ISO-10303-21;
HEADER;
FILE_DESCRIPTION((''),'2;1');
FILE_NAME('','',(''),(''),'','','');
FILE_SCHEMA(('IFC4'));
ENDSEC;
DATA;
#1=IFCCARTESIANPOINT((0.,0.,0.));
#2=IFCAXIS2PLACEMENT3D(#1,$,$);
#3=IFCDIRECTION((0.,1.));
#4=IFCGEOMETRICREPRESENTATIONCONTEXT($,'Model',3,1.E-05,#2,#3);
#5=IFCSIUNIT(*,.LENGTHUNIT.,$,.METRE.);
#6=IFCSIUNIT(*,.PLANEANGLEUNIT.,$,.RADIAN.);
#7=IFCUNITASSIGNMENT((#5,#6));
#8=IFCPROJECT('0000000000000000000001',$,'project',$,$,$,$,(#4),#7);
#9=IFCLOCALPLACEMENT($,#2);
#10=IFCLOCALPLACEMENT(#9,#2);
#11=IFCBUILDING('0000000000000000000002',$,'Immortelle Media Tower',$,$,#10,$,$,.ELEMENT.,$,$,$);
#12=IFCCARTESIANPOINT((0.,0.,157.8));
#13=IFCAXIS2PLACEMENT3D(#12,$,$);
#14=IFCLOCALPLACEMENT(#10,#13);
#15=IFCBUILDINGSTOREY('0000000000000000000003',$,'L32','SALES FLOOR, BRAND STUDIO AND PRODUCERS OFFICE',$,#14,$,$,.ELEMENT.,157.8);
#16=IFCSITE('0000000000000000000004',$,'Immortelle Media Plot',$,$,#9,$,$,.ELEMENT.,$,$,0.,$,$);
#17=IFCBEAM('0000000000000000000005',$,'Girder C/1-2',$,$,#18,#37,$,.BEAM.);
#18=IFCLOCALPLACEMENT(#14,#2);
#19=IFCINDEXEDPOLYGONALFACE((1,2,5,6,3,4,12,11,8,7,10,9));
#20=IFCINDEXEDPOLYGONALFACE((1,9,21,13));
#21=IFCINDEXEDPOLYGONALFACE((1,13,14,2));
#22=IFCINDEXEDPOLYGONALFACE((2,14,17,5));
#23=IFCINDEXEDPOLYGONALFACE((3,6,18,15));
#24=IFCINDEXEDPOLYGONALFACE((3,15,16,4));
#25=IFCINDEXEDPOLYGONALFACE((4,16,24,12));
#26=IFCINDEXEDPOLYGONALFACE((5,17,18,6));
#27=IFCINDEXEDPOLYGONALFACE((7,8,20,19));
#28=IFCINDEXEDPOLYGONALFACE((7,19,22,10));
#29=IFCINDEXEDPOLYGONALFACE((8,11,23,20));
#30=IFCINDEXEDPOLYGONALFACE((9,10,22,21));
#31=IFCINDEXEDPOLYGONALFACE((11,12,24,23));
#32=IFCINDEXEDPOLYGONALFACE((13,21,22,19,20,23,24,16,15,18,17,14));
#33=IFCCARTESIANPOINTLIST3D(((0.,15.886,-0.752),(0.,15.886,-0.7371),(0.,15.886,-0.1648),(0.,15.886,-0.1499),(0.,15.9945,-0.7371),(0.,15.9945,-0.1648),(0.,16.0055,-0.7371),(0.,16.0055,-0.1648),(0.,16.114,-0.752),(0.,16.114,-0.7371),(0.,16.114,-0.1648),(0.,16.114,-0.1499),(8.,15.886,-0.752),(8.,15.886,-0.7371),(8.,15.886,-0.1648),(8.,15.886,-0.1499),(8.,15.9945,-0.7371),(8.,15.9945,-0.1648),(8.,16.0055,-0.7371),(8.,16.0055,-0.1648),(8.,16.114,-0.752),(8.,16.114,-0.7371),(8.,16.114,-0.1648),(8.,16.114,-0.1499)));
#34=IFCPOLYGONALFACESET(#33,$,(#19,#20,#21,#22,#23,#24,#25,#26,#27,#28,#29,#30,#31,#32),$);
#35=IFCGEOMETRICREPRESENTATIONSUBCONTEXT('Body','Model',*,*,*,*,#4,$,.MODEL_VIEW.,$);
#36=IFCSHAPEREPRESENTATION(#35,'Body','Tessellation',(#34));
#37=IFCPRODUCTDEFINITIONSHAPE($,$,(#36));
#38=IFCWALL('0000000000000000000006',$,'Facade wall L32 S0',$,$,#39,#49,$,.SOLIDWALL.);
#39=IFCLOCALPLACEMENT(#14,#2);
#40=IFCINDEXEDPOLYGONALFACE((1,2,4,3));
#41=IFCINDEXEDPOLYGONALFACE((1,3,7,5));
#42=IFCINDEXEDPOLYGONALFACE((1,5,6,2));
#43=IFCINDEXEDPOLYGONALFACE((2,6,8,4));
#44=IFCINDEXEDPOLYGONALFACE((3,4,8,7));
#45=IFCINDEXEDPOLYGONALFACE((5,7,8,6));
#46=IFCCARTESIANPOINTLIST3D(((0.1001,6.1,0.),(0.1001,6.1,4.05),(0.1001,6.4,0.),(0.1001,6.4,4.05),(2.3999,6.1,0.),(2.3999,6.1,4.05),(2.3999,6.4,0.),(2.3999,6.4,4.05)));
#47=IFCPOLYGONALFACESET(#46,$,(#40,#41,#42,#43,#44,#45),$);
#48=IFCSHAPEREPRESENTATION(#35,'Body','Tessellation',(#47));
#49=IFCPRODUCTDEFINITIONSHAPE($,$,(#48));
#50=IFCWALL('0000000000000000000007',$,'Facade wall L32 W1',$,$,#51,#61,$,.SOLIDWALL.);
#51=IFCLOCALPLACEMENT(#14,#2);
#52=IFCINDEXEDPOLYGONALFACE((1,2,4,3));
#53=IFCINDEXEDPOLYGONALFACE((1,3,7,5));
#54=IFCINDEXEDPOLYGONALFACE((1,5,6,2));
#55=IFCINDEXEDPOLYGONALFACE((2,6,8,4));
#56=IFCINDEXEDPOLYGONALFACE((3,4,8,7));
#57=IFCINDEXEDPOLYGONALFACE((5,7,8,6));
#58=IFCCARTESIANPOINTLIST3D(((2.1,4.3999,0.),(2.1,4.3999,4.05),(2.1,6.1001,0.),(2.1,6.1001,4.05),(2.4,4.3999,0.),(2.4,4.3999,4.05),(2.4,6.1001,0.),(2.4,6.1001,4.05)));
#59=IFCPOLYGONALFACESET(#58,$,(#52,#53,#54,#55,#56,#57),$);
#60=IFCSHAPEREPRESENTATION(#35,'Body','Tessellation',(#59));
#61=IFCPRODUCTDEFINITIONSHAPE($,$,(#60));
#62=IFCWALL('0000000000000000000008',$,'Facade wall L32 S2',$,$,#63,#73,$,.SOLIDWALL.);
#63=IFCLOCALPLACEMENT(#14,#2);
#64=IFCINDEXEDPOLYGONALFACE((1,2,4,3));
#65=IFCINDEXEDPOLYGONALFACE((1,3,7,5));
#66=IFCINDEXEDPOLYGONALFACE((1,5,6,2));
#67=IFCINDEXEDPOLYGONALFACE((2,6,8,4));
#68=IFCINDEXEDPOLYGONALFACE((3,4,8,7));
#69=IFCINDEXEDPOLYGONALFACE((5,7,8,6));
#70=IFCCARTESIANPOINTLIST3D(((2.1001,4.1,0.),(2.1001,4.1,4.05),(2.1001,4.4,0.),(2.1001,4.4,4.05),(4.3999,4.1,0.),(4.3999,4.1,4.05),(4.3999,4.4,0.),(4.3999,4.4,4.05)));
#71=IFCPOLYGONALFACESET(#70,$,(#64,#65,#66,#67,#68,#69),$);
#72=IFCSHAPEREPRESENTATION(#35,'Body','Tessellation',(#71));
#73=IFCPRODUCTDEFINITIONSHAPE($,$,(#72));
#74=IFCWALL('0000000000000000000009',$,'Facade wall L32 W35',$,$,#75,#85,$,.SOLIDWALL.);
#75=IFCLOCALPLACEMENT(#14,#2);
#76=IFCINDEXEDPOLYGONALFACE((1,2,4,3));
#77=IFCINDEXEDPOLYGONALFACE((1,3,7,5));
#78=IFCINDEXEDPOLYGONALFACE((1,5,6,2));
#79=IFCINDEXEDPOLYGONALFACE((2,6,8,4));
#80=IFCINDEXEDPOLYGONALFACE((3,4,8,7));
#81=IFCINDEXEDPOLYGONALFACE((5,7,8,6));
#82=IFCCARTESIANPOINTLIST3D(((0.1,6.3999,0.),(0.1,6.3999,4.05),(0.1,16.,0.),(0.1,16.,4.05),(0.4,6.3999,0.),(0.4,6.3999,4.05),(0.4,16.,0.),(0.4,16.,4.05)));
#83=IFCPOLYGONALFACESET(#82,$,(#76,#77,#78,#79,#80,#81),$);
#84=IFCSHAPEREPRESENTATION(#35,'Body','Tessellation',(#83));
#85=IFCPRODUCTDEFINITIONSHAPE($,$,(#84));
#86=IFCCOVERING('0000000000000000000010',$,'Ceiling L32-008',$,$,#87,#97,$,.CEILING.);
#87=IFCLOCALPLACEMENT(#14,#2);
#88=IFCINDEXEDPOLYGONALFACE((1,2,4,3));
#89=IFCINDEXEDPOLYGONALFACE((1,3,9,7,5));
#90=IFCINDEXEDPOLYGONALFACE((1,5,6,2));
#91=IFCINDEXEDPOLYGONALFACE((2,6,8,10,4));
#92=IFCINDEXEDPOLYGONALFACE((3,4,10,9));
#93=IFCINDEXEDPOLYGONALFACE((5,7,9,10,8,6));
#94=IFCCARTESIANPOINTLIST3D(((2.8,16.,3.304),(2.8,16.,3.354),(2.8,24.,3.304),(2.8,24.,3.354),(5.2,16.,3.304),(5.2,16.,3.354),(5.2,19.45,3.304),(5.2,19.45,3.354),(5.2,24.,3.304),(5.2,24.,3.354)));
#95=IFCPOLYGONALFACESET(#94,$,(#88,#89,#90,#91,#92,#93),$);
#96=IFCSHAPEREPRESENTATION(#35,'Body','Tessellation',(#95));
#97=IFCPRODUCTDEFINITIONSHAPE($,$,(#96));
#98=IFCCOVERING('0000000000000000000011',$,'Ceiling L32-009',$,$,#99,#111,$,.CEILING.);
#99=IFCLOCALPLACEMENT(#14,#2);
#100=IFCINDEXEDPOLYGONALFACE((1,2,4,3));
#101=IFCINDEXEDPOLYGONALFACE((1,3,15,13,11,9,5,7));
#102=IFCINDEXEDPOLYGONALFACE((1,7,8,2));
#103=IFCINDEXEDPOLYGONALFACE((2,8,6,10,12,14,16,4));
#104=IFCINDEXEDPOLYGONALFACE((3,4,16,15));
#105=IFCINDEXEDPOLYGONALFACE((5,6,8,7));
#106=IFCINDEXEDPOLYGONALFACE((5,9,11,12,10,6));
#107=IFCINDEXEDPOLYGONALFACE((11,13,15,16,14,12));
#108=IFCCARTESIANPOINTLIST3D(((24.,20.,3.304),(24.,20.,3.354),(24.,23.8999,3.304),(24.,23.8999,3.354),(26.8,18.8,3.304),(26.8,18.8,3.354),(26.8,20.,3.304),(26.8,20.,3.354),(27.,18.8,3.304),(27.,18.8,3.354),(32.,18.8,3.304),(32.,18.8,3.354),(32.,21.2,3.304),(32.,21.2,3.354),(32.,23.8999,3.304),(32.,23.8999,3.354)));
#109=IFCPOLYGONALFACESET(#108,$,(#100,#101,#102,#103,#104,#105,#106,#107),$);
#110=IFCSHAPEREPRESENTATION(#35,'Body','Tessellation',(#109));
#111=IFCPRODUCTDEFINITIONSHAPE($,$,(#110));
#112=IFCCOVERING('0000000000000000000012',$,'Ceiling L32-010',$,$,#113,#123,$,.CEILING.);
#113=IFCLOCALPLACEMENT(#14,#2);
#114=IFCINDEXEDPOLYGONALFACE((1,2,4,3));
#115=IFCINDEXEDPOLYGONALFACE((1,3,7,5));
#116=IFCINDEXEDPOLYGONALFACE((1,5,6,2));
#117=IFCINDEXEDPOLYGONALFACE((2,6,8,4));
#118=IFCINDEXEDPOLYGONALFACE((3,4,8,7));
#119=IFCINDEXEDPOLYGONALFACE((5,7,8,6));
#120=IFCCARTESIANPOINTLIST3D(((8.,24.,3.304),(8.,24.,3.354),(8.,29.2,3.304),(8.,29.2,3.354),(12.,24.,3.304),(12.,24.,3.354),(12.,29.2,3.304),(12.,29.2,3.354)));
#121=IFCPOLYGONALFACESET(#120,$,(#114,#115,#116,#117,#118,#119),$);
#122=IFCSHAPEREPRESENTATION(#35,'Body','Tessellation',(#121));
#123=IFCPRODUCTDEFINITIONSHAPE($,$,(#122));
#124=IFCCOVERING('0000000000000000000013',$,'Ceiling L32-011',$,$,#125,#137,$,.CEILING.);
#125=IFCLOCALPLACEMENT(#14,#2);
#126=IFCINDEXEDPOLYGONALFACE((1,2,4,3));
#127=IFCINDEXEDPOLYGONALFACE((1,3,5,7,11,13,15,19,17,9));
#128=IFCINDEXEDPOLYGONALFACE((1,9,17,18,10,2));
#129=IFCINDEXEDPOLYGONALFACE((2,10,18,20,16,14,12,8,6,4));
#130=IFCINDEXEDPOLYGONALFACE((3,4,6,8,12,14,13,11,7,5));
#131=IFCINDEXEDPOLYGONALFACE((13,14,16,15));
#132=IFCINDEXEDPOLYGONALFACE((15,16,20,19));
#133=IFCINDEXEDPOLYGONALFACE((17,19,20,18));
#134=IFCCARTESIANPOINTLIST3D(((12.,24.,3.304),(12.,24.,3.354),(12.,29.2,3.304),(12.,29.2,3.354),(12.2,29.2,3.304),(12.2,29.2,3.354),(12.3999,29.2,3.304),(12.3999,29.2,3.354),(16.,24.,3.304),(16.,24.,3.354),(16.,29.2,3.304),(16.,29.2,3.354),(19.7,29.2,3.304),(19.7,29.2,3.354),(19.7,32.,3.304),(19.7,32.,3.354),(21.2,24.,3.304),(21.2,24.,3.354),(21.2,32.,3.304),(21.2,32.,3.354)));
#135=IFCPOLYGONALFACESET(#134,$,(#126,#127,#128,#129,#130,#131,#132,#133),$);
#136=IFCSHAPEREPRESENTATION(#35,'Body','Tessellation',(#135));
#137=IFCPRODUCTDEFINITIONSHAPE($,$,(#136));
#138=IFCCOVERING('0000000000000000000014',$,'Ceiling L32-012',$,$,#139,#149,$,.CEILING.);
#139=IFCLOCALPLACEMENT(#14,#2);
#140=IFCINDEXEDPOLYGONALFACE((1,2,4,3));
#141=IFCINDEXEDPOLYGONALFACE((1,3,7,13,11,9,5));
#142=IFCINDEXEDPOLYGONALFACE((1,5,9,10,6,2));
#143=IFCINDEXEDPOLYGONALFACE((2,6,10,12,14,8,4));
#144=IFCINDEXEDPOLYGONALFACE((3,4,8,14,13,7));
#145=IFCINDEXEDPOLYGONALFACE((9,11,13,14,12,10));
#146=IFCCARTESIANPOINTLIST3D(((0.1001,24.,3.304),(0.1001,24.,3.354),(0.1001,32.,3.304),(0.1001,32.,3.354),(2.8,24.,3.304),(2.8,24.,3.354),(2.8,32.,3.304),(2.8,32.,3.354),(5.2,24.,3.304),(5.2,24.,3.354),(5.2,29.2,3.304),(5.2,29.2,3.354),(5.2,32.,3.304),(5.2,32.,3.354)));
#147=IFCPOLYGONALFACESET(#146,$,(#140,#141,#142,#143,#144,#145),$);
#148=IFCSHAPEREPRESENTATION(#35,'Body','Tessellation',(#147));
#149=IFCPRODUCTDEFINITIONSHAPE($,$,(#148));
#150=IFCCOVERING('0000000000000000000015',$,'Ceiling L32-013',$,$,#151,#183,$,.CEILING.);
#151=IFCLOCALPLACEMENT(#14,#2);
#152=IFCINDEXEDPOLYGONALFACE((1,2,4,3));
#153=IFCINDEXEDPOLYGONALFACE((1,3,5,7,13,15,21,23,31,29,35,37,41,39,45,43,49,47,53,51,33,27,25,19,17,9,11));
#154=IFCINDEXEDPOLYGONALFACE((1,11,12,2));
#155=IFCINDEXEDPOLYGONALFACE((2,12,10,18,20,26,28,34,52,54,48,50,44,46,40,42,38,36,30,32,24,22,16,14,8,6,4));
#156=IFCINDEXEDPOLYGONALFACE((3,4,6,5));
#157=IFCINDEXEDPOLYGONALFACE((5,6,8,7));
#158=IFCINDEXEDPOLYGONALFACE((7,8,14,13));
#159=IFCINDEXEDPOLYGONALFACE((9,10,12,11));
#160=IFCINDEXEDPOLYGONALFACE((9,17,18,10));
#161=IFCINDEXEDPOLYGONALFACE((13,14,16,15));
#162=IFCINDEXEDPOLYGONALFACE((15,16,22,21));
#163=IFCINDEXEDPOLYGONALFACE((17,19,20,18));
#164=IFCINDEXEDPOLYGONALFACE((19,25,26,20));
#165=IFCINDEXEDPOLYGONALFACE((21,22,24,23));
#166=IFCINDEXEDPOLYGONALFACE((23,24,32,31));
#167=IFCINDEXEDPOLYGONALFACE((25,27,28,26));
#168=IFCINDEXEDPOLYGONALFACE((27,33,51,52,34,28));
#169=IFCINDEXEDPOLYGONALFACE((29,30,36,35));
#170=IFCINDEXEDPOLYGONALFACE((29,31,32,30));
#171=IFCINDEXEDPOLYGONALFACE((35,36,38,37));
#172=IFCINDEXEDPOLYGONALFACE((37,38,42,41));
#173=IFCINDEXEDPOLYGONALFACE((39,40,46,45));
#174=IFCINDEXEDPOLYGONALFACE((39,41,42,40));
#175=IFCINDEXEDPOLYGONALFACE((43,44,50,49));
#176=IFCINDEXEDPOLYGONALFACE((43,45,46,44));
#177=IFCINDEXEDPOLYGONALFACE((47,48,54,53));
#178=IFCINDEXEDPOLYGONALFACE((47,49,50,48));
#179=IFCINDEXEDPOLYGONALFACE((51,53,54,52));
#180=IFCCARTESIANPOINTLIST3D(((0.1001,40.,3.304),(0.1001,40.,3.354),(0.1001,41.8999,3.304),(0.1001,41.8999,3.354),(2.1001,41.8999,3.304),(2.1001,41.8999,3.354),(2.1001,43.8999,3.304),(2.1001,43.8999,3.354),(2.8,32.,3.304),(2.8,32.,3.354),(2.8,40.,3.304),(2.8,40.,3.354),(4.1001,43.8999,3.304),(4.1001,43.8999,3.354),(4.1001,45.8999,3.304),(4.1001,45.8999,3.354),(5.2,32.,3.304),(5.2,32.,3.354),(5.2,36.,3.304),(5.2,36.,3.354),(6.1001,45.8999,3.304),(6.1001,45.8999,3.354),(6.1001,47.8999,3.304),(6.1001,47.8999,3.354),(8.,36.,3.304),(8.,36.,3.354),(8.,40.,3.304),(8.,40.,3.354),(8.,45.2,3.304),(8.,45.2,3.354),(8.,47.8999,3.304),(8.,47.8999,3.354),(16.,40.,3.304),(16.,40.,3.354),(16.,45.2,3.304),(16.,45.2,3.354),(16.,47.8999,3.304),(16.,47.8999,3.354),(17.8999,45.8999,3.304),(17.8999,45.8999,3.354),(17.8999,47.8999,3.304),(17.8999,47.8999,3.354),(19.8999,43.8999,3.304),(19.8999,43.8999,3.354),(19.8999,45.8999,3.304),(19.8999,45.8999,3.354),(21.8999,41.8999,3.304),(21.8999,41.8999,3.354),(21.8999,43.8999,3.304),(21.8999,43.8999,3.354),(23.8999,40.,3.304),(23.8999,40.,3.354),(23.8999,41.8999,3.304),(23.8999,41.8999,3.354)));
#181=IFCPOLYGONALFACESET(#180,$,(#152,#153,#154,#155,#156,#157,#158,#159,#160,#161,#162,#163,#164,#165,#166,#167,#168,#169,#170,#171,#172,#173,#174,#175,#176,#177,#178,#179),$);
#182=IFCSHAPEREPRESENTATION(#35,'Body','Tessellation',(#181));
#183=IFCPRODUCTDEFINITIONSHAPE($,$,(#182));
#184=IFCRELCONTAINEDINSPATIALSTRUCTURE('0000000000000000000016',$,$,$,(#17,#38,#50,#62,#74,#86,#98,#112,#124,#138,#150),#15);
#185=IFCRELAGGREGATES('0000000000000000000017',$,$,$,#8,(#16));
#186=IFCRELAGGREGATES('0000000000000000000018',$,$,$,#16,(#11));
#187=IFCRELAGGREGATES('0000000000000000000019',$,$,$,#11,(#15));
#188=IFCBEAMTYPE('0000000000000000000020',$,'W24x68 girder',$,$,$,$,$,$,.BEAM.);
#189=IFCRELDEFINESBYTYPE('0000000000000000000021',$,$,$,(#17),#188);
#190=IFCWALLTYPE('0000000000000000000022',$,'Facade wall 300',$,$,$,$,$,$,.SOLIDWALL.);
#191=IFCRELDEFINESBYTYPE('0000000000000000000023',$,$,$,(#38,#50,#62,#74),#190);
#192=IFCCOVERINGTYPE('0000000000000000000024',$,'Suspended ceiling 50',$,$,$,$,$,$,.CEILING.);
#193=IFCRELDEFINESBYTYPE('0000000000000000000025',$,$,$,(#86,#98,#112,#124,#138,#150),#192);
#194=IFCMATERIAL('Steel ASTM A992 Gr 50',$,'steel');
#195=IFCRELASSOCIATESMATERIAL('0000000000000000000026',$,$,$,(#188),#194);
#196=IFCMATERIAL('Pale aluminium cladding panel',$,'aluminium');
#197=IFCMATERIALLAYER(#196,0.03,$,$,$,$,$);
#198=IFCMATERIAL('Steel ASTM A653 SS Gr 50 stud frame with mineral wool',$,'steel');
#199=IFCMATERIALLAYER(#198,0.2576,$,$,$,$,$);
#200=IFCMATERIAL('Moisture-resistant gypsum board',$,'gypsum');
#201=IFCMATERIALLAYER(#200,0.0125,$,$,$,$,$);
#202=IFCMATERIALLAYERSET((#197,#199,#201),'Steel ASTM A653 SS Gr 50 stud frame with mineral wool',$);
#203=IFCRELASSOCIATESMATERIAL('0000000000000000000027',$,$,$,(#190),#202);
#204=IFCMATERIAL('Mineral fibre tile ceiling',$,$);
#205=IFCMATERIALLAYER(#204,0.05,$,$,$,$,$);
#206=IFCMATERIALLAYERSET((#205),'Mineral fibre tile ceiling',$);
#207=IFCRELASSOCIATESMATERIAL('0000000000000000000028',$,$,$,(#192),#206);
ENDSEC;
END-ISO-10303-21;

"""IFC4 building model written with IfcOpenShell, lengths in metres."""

from ifc_helpers import new_model, si_unit, direction, frame, frame_2d, origin, origin_2d, place, context, subcontext, project, spatial, polyline, rectangle, i_section, outline, extrude, material, layer, layer_set, material_profile, profile_set, type_object, element, save


model = new_model("IFC4")

# Units and contexts
model_context = context("Model", 3, precision=1e-05, world=origin(), true_north=direction((0.0, 1.0)))
body_context = subcontext(model_context, "Body", "Model", "MODEL_VIEW")
ifc_project = project(units=[si_unit("LENGTHUNIT", "METRE"), si_unit("PLANEANGLEUNIT", "RADIAN")], contexts=[model_context])

# Site, building, storey
site_placement = place(None, origin())
site = spatial("IfcSite", under=ifc_project, at=site_placement, Name="Immortelle Media Plot", CompositionType="ELEMENT", RefElevation=0.0)
building_placement = place(site_placement, origin())
building = spatial("IfcBuilding", under=site, at=building_placement, Name="Immortelle Media Tower", CompositionType="ELEMENT")
storey_placement = place(building_placement, frame((0.0, 0.0, 157.8)))
storey = spatial("IfcBuildingStorey", under=building, at=storey_placement, Name="L32", Description="SALES FLOOR, BRAND STUDIO AND PRODUCERS OFFICE", CompositionType="ELEMENT", Elevation=157.8)

# Shared definitions
ifc_material_1 = material(Name="Steel ASTM A992 Gr 50", Category="steel")

# Beam
ifc_material_profile_1 = material_profile(ifc_material_1, i_section(OverallWidth=0.228, OverallDepth=0.6021, WebThickness=0.011, FlangeThickness=0.0149, at=origin_2d()), Name="W24x68")
ifc_profile_set_1 = profile_set([ifc_material_profile_1], Name="Steel ASTM A992 Gr 50")
beam_type_1 = type_object("IfcBeamType", Name="W24x68 girder", PredefinedType="BEAM", material=ifc_profile_set_1)
for number, where, z_axis, x_axis, name in (
    (1, (0.0, 16.0, -0.4509), (1.0, 0.0, 0.0), (0.0, 1.0, 0.0), "Girder C/1-2"),
):
    element("IfcBeam", number, at=place(storey_placement, frame(where, z_axis=z_axis, x_axis=x_axis)), inside=storey, type_object=beam_type_1, Name=name, PredefinedType="BEAM", context=body_context, shape_type="SweptSolid", body=[
        extrude(i_section(OverallWidth=0.228, OverallDepth=0.6021, WebThickness=0.011, FlangeThickness=0.0149, at=origin_2d()), origin(), (0.0, 0.0, 1.0), 8.0),
    ])

# Walls
ifc_material_2 = material(Name="Pale aluminium cladding panel", Category="aluminium")
ifc_layer_1 = layer(ifc_material_2, 0.03)
ifc_material_3 = material(Name="Steel ASTM A653 SS Gr 50 stud frame with mineral wool", Category="steel")
ifc_layer_2 = layer(ifc_material_3, 0.2576)
ifc_material_4 = material(Name="Moisture-resistant gypsum board", Category="gypsum")
ifc_layer_3 = layer(ifc_material_4, 0.0125)
ifc_layer_set_1 = layer_set([ifc_layer_1, ifc_layer_2, ifc_layer_3], Name="Steel ASTM A653 SS Gr 50 stud frame with mineral wool")
wall_type = type_object("IfcWallType", Name="Facade wall 300", PredefinedType="SOLIDWALL", material=ifc_layer_set_1)
wall_1_placement = place(storey_placement, frame((0.1001, 6.25, 0.0), z_axis=(0.0, 0.0, 1.0), x_axis=(1.0, 0.0, 0.0)))
element("IfcWall", 2, at=wall_1_placement, inside=storey, type_object=wall_type, Name="Facade wall L32 S0", PredefinedType="SOLIDWALL", context=body_context, shape_type="SweptSolid", body=[
    extrude(rectangle(XDim=2.2998, YDim=0.3, at=frame_2d((1.1499, 0.0))), origin(), (0.0, 0.0, 1.0), 4.05),
])
wall_2_placement = place(storey_placement, frame((2.25, 6.1001, 0.0), z_axis=(0.0, 0.0, 1.0), x_axis=(0.0, -1.0, 0.0)))
element("IfcWall", 3, at=wall_2_placement, inside=storey, type_object=wall_type, Name="Facade wall L32 W1", PredefinedType="SOLIDWALL", context=body_context, shape_type="SweptSolid", body=[
    extrude(rectangle(XDim=1.7002, YDim=0.3, at=frame_2d((0.8501, 0.0))), origin(), (0.0, 0.0, 1.0), 4.05),
])
wall_3_placement = place(storey_placement, frame((2.1001, 4.25, 0.0), z_axis=(0.0, 0.0, 1.0), x_axis=(1.0, 0.0, 0.0)))
element("IfcWall", 4, at=wall_3_placement, inside=storey, type_object=wall_type, Name="Facade wall L32 S2", PredefinedType="SOLIDWALL", context=body_context, shape_type="SweptSolid", body=[
    extrude(rectangle(XDim=2.2998, YDim=0.3, at=frame_2d((1.1499, 0.0))), origin(), (0.0, 0.0, 1.0), 4.05),
])
wall_4_placement = place(storey_placement, frame((0.25, 16.0, 0.0), z_axis=(0.0, 0.0, 1.0), x_axis=(0.0, -1.0, 0.0)))
element("IfcWall", 5, at=wall_4_placement, inside=storey, type_object=wall_type, Name="Facade wall L32 W35", PredefinedType="SOLIDWALL", context=body_context, shape_type="SweptSolid", body=[
    extrude(rectangle(XDim=9.6001, YDim=0.3, at=frame_2d((4.8, 0.0))), origin(), (0.0, 0.0, 1.0), 4.05),
])

# Coverings
ifc_material_5 = material(Name="Mineral fibre tile ceiling")
ifc_layer_4 = layer(ifc_material_5, 0.05)
ifc_layer_set_2 = layer_set([ifc_layer_4], Name="Mineral fibre tile ceiling")
covering_type = type_object("IfcCoveringType", Name="Suspended ceiling 50", PredefinedType="CEILING", material=ifc_layer_set_2)
covering_1_placement = place(storey_placement, frame((0.0, 0.0, 3.304)))
element("IfcCovering", 6, at=covering_1_placement, inside=storey, type_object=covering_type, Name="Ceiling L32-008", PredefinedType="CEILING", context=body_context, shape_type="SweptSolid", body=[
    extrude(outline(polyline([(5.2, 19.45), (5.2, 16.0), (2.8, 16.0), (2.8, 24.0), (5.2, 24.0), (5.2, 19.45)])), origin(), (0.0, 0.0, 1.0), 0.05),
])
covering_2_placement = place(storey_placement, frame((0.0, 0.0, 3.304)))
element("IfcCovering", 7, at=covering_2_placement, inside=storey, type_object=covering_type, Name="Ceiling L32-009", PredefinedType="CEILING", context=body_context, shape_type="SweptSolid", body=[
    extrude(outline(polyline([(27.0, 18.8), (26.8, 18.8), (26.8, 20.0), (24.0, 20.0), (24.0, 23.8999), (32.0, 23.8999), (32.0, 21.2), (32.0, 18.8), (27.0, 18.8)])), origin(), (0.0, 0.0, 1.0), 0.05),
])
covering_3_placement = place(storey_placement, frame((0.0, 0.0, 3.304)))
element("IfcCovering", 8, at=covering_3_placement, inside=storey, type_object=covering_type, Name="Ceiling L32-010", PredefinedType="CEILING", context=body_context, shape_type="SweptSolid", body=[
    extrude(outline(polyline([(12.0, 29.2), (12.0, 24.0), (8.0, 24.0), (8.0, 29.2), (12.0, 29.2)])), origin(), (0.0, 0.0, 1.0), 0.05),
])
covering_4_placement = place(storey_placement, frame((0.0, 0.0, 3.304)))
element("IfcCovering", 9, at=covering_4_placement, inside=storey, type_object=covering_type, Name="Ceiling L32-011", PredefinedType="CEILING", context=body_context, shape_type="SweptSolid", body=[
    extrude(outline(polyline([(12.2, 29.2), (12.3999, 29.2), (16.0, 29.2), (19.7, 29.2), (19.7, 32.0), (21.2, 32.0), (21.2, 24.0), (16.0, 24.0), (12.0, 24.0), (12.0, 29.2), (12.2, 29.2)])), origin(), (0.0, 0.0, 1.0), 0.05),
])
covering_5_placement = place(storey_placement, frame((0.0, 0.0, 3.304)))
element("IfcCovering", 10, at=covering_5_placement, inside=storey, type_object=covering_type, Name="Ceiling L32-012", PredefinedType="CEILING", context=body_context, shape_type="SweptSolid", body=[
    extrude(outline(polyline([(5.2, 29.2), (5.2, 24.0), (2.8, 24.0), (0.1001, 24.0), (0.1001, 32.0), (2.8, 32.0), (5.2, 32.0), (5.2, 29.2)])), origin(), (0.0, 0.0, 1.0), 0.05),
])
covering_6_placement = place(storey_placement, frame((0.0, 0.0, 3.304)))
element("IfcCovering", 11, at=covering_6_placement, inside=storey, type_object=covering_type, Name="Ceiling L32-013", PredefinedType="CEILING", context=body_context, shape_type="SweptSolid", body=[
    extrude(outline(polyline([(2.8, 40.0), (0.1001, 40.0), (0.1001, 41.8999), (2.1001, 41.8999), (2.1001, 43.8999), (4.1001, 43.8999), (4.1001, 45.8999), (6.1001, 45.8999), (6.1001, 47.8999), (8.0, 47.8999), (8.0, 45.2), (16.0, 45.2), (16.0, 47.8999), (17.8999, 47.8999), (17.8999, 45.8999), (19.8999, 45.8999), (19.8999, 43.8999), (21.8999, 43.8999), (21.8999, 41.8999), (23.8999, 41.8999), (23.8999, 40.0), (16.0, 40.0), (8.0, 40.0), (8.0, 36.0), (5.2, 36.0), (5.2, 32.0), (2.8, 32.0), (2.8, 40.0)])), origin(), (0.0, 0.0, 1.0), 0.05),
])

save(model, "model.ifc")
